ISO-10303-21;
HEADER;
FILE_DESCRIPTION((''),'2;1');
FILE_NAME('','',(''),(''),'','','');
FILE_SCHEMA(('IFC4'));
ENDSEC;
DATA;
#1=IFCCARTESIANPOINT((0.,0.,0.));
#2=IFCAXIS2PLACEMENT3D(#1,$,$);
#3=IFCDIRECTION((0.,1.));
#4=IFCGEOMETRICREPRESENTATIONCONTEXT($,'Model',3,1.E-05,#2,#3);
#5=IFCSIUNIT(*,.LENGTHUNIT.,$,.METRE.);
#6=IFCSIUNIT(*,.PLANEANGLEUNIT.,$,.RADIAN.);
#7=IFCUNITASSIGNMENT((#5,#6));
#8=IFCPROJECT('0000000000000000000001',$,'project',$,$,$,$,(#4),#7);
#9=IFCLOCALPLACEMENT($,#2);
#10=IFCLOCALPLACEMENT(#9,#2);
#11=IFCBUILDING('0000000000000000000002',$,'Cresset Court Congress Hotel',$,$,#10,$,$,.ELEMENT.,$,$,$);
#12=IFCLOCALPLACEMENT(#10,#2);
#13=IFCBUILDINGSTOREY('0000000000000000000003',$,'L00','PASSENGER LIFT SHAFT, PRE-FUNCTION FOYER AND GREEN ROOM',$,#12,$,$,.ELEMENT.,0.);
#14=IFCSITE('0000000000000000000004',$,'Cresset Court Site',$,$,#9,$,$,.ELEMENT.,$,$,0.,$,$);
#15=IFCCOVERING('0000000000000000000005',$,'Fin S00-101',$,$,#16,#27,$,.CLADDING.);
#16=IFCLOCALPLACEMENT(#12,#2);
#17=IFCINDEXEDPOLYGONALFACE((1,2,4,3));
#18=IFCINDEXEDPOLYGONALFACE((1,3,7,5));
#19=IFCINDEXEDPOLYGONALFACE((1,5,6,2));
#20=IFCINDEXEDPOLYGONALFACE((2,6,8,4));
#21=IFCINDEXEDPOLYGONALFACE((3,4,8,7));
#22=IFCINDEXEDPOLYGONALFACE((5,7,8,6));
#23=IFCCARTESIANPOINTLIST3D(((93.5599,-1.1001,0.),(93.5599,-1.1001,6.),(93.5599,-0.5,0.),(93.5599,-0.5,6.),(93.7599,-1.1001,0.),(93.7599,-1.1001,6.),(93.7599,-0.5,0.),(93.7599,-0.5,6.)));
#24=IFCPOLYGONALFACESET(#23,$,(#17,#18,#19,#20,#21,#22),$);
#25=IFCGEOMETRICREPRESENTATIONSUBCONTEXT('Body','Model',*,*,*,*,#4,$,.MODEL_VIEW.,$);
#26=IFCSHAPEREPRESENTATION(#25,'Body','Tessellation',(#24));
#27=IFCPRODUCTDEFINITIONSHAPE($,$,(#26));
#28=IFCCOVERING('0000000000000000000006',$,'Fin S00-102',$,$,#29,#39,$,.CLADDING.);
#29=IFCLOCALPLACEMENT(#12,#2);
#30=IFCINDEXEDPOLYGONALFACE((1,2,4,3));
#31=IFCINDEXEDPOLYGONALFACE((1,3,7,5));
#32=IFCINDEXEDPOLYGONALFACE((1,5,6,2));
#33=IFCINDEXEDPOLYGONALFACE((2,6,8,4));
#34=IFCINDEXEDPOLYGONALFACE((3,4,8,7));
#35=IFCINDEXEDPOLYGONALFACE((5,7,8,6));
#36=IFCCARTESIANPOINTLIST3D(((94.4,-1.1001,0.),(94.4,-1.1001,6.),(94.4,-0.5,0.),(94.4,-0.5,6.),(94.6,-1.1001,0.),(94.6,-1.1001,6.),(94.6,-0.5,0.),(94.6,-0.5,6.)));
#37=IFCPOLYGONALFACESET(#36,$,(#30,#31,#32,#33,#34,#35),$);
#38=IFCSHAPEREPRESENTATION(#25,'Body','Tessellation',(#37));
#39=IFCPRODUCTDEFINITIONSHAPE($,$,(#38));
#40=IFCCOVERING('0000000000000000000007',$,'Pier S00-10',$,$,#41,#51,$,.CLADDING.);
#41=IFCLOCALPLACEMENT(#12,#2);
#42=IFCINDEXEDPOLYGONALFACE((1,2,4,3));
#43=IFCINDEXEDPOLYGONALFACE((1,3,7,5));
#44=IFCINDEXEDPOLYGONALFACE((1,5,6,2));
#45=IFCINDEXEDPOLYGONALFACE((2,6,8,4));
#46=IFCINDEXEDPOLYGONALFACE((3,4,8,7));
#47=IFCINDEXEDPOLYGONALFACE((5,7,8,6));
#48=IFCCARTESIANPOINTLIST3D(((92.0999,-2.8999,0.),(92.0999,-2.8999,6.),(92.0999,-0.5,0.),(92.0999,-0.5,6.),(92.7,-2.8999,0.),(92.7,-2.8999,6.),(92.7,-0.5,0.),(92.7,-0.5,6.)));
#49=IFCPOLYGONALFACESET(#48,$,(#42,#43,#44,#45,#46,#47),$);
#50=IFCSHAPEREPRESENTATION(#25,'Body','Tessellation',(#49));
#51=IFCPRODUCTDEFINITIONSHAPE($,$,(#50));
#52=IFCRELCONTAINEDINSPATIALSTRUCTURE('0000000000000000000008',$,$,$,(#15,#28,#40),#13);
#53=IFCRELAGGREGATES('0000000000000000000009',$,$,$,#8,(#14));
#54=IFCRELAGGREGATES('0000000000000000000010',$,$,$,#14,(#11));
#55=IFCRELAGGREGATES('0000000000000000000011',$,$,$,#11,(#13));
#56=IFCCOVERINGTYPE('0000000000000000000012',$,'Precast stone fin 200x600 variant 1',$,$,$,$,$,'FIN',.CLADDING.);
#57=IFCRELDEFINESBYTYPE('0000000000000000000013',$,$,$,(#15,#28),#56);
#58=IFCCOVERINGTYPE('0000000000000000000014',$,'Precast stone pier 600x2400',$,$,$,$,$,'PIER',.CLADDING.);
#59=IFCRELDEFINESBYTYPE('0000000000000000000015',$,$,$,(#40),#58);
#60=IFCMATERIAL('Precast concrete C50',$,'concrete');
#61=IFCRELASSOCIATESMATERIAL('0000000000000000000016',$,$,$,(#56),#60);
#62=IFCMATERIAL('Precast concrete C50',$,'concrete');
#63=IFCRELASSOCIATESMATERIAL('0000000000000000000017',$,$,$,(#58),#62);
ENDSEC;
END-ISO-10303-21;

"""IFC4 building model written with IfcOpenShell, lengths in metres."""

from ifc_helpers import new_model, si_unit, direction, frame, origin, origin_2d, place, context, subcontext, project, spatial, rectangle, extrude, material, type_object, element, save


model = new_model("IFC4")

# Units and contexts
model_context = context("Model", 3, precision=1e-05, world=origin(), true_north=direction((0.0, 1.0)))
body_context = subcontext(model_context, "Body", "Model", "MODEL_VIEW")
ifc_project = project(units=[si_unit("LENGTHUNIT", "METRE"), si_unit("PLANEANGLEUNIT", "RADIAN")], contexts=[model_context])

# Site, building, storey
site_placement = place(None, origin())
site = spatial("IfcSite", under=ifc_project, at=site_placement, Name="Cresset Court Site", CompositionType="ELEMENT", RefElevation=0.0)
building_placement = place(site_placement, origin())
building = spatial("IfcBuilding", under=site, at=building_placement, Name="Cresset Court Congress Hotel", CompositionType="ELEMENT")
storey_placement = place(building_placement, origin())
storey = spatial("IfcBuildingStorey", under=building, at=storey_placement, Name="L00", Description="PASSENGER LIFT SHAFT, PRE-FUNCTION FOYER AND GREEN ROOM", CompositionType="ELEMENT", Elevation=0.0)

# Coverings
ifc_material_1 = material(Name="Precast concrete C50", Category="concrete")
covering_type_1 = type_object("IfcCoveringType", Name="Precast stone fin 200x600 variant 1", ElementType="FIN", PredefinedType="CLADDING", material=ifc_material_1)
for number, where, z_axis, x_axis, name in (
    (1, (93.6599, -0.8, 0.0), (0.0, 0.0, 1.0), (1.0, 0.0, 0.0), "Fin S00-101"),
    (2, (94.5, -0.8, 0.0), (0.0, 0.0, 1.0), (1.0, 0.0, 0.0), "Fin S00-102"),
):
    element("IfcCovering", number, at=place(storey_placement, frame(where, z_axis=z_axis, x_axis=x_axis)), inside=storey, type_object=covering_type_1, Name=name, PredefinedType="CLADDING", context=body_context, shape_type="SweptSolid", body=[
        extrude(rectangle(XDim=0.2, YDim=0.6001, at=origin_2d()), origin(), (0.0, 0.0, 1.0), 6.0),
    ])
ifc_material_2 = material(Name="Precast concrete C50", Category="concrete")
covering_type_2 = type_object("IfcCoveringType", Name="Precast stone pier 600x2400", ElementType="PIER", PredefinedType="CLADDING", material=ifc_material_2)
covering_placement = place(storey_placement, frame((92.3999, -1.7, 0.0), z_axis=(0.0, 0.0, 1.0), x_axis=(1.0, 0.0, 0.0)))
element("IfcCovering", 3, at=covering_placement, inside=storey, type_object=covering_type_2, Name="Pier S00-10", PredefinedType="CLADDING", context=body_context, shape_type="SweptSolid", body=[
    extrude(rectangle(XDim=0.6001, YDim=2.3999, at=origin_2d()), origin(), (0.0, 0.0, 1.0), 6.0),
])

save(model, "model.ifc")
